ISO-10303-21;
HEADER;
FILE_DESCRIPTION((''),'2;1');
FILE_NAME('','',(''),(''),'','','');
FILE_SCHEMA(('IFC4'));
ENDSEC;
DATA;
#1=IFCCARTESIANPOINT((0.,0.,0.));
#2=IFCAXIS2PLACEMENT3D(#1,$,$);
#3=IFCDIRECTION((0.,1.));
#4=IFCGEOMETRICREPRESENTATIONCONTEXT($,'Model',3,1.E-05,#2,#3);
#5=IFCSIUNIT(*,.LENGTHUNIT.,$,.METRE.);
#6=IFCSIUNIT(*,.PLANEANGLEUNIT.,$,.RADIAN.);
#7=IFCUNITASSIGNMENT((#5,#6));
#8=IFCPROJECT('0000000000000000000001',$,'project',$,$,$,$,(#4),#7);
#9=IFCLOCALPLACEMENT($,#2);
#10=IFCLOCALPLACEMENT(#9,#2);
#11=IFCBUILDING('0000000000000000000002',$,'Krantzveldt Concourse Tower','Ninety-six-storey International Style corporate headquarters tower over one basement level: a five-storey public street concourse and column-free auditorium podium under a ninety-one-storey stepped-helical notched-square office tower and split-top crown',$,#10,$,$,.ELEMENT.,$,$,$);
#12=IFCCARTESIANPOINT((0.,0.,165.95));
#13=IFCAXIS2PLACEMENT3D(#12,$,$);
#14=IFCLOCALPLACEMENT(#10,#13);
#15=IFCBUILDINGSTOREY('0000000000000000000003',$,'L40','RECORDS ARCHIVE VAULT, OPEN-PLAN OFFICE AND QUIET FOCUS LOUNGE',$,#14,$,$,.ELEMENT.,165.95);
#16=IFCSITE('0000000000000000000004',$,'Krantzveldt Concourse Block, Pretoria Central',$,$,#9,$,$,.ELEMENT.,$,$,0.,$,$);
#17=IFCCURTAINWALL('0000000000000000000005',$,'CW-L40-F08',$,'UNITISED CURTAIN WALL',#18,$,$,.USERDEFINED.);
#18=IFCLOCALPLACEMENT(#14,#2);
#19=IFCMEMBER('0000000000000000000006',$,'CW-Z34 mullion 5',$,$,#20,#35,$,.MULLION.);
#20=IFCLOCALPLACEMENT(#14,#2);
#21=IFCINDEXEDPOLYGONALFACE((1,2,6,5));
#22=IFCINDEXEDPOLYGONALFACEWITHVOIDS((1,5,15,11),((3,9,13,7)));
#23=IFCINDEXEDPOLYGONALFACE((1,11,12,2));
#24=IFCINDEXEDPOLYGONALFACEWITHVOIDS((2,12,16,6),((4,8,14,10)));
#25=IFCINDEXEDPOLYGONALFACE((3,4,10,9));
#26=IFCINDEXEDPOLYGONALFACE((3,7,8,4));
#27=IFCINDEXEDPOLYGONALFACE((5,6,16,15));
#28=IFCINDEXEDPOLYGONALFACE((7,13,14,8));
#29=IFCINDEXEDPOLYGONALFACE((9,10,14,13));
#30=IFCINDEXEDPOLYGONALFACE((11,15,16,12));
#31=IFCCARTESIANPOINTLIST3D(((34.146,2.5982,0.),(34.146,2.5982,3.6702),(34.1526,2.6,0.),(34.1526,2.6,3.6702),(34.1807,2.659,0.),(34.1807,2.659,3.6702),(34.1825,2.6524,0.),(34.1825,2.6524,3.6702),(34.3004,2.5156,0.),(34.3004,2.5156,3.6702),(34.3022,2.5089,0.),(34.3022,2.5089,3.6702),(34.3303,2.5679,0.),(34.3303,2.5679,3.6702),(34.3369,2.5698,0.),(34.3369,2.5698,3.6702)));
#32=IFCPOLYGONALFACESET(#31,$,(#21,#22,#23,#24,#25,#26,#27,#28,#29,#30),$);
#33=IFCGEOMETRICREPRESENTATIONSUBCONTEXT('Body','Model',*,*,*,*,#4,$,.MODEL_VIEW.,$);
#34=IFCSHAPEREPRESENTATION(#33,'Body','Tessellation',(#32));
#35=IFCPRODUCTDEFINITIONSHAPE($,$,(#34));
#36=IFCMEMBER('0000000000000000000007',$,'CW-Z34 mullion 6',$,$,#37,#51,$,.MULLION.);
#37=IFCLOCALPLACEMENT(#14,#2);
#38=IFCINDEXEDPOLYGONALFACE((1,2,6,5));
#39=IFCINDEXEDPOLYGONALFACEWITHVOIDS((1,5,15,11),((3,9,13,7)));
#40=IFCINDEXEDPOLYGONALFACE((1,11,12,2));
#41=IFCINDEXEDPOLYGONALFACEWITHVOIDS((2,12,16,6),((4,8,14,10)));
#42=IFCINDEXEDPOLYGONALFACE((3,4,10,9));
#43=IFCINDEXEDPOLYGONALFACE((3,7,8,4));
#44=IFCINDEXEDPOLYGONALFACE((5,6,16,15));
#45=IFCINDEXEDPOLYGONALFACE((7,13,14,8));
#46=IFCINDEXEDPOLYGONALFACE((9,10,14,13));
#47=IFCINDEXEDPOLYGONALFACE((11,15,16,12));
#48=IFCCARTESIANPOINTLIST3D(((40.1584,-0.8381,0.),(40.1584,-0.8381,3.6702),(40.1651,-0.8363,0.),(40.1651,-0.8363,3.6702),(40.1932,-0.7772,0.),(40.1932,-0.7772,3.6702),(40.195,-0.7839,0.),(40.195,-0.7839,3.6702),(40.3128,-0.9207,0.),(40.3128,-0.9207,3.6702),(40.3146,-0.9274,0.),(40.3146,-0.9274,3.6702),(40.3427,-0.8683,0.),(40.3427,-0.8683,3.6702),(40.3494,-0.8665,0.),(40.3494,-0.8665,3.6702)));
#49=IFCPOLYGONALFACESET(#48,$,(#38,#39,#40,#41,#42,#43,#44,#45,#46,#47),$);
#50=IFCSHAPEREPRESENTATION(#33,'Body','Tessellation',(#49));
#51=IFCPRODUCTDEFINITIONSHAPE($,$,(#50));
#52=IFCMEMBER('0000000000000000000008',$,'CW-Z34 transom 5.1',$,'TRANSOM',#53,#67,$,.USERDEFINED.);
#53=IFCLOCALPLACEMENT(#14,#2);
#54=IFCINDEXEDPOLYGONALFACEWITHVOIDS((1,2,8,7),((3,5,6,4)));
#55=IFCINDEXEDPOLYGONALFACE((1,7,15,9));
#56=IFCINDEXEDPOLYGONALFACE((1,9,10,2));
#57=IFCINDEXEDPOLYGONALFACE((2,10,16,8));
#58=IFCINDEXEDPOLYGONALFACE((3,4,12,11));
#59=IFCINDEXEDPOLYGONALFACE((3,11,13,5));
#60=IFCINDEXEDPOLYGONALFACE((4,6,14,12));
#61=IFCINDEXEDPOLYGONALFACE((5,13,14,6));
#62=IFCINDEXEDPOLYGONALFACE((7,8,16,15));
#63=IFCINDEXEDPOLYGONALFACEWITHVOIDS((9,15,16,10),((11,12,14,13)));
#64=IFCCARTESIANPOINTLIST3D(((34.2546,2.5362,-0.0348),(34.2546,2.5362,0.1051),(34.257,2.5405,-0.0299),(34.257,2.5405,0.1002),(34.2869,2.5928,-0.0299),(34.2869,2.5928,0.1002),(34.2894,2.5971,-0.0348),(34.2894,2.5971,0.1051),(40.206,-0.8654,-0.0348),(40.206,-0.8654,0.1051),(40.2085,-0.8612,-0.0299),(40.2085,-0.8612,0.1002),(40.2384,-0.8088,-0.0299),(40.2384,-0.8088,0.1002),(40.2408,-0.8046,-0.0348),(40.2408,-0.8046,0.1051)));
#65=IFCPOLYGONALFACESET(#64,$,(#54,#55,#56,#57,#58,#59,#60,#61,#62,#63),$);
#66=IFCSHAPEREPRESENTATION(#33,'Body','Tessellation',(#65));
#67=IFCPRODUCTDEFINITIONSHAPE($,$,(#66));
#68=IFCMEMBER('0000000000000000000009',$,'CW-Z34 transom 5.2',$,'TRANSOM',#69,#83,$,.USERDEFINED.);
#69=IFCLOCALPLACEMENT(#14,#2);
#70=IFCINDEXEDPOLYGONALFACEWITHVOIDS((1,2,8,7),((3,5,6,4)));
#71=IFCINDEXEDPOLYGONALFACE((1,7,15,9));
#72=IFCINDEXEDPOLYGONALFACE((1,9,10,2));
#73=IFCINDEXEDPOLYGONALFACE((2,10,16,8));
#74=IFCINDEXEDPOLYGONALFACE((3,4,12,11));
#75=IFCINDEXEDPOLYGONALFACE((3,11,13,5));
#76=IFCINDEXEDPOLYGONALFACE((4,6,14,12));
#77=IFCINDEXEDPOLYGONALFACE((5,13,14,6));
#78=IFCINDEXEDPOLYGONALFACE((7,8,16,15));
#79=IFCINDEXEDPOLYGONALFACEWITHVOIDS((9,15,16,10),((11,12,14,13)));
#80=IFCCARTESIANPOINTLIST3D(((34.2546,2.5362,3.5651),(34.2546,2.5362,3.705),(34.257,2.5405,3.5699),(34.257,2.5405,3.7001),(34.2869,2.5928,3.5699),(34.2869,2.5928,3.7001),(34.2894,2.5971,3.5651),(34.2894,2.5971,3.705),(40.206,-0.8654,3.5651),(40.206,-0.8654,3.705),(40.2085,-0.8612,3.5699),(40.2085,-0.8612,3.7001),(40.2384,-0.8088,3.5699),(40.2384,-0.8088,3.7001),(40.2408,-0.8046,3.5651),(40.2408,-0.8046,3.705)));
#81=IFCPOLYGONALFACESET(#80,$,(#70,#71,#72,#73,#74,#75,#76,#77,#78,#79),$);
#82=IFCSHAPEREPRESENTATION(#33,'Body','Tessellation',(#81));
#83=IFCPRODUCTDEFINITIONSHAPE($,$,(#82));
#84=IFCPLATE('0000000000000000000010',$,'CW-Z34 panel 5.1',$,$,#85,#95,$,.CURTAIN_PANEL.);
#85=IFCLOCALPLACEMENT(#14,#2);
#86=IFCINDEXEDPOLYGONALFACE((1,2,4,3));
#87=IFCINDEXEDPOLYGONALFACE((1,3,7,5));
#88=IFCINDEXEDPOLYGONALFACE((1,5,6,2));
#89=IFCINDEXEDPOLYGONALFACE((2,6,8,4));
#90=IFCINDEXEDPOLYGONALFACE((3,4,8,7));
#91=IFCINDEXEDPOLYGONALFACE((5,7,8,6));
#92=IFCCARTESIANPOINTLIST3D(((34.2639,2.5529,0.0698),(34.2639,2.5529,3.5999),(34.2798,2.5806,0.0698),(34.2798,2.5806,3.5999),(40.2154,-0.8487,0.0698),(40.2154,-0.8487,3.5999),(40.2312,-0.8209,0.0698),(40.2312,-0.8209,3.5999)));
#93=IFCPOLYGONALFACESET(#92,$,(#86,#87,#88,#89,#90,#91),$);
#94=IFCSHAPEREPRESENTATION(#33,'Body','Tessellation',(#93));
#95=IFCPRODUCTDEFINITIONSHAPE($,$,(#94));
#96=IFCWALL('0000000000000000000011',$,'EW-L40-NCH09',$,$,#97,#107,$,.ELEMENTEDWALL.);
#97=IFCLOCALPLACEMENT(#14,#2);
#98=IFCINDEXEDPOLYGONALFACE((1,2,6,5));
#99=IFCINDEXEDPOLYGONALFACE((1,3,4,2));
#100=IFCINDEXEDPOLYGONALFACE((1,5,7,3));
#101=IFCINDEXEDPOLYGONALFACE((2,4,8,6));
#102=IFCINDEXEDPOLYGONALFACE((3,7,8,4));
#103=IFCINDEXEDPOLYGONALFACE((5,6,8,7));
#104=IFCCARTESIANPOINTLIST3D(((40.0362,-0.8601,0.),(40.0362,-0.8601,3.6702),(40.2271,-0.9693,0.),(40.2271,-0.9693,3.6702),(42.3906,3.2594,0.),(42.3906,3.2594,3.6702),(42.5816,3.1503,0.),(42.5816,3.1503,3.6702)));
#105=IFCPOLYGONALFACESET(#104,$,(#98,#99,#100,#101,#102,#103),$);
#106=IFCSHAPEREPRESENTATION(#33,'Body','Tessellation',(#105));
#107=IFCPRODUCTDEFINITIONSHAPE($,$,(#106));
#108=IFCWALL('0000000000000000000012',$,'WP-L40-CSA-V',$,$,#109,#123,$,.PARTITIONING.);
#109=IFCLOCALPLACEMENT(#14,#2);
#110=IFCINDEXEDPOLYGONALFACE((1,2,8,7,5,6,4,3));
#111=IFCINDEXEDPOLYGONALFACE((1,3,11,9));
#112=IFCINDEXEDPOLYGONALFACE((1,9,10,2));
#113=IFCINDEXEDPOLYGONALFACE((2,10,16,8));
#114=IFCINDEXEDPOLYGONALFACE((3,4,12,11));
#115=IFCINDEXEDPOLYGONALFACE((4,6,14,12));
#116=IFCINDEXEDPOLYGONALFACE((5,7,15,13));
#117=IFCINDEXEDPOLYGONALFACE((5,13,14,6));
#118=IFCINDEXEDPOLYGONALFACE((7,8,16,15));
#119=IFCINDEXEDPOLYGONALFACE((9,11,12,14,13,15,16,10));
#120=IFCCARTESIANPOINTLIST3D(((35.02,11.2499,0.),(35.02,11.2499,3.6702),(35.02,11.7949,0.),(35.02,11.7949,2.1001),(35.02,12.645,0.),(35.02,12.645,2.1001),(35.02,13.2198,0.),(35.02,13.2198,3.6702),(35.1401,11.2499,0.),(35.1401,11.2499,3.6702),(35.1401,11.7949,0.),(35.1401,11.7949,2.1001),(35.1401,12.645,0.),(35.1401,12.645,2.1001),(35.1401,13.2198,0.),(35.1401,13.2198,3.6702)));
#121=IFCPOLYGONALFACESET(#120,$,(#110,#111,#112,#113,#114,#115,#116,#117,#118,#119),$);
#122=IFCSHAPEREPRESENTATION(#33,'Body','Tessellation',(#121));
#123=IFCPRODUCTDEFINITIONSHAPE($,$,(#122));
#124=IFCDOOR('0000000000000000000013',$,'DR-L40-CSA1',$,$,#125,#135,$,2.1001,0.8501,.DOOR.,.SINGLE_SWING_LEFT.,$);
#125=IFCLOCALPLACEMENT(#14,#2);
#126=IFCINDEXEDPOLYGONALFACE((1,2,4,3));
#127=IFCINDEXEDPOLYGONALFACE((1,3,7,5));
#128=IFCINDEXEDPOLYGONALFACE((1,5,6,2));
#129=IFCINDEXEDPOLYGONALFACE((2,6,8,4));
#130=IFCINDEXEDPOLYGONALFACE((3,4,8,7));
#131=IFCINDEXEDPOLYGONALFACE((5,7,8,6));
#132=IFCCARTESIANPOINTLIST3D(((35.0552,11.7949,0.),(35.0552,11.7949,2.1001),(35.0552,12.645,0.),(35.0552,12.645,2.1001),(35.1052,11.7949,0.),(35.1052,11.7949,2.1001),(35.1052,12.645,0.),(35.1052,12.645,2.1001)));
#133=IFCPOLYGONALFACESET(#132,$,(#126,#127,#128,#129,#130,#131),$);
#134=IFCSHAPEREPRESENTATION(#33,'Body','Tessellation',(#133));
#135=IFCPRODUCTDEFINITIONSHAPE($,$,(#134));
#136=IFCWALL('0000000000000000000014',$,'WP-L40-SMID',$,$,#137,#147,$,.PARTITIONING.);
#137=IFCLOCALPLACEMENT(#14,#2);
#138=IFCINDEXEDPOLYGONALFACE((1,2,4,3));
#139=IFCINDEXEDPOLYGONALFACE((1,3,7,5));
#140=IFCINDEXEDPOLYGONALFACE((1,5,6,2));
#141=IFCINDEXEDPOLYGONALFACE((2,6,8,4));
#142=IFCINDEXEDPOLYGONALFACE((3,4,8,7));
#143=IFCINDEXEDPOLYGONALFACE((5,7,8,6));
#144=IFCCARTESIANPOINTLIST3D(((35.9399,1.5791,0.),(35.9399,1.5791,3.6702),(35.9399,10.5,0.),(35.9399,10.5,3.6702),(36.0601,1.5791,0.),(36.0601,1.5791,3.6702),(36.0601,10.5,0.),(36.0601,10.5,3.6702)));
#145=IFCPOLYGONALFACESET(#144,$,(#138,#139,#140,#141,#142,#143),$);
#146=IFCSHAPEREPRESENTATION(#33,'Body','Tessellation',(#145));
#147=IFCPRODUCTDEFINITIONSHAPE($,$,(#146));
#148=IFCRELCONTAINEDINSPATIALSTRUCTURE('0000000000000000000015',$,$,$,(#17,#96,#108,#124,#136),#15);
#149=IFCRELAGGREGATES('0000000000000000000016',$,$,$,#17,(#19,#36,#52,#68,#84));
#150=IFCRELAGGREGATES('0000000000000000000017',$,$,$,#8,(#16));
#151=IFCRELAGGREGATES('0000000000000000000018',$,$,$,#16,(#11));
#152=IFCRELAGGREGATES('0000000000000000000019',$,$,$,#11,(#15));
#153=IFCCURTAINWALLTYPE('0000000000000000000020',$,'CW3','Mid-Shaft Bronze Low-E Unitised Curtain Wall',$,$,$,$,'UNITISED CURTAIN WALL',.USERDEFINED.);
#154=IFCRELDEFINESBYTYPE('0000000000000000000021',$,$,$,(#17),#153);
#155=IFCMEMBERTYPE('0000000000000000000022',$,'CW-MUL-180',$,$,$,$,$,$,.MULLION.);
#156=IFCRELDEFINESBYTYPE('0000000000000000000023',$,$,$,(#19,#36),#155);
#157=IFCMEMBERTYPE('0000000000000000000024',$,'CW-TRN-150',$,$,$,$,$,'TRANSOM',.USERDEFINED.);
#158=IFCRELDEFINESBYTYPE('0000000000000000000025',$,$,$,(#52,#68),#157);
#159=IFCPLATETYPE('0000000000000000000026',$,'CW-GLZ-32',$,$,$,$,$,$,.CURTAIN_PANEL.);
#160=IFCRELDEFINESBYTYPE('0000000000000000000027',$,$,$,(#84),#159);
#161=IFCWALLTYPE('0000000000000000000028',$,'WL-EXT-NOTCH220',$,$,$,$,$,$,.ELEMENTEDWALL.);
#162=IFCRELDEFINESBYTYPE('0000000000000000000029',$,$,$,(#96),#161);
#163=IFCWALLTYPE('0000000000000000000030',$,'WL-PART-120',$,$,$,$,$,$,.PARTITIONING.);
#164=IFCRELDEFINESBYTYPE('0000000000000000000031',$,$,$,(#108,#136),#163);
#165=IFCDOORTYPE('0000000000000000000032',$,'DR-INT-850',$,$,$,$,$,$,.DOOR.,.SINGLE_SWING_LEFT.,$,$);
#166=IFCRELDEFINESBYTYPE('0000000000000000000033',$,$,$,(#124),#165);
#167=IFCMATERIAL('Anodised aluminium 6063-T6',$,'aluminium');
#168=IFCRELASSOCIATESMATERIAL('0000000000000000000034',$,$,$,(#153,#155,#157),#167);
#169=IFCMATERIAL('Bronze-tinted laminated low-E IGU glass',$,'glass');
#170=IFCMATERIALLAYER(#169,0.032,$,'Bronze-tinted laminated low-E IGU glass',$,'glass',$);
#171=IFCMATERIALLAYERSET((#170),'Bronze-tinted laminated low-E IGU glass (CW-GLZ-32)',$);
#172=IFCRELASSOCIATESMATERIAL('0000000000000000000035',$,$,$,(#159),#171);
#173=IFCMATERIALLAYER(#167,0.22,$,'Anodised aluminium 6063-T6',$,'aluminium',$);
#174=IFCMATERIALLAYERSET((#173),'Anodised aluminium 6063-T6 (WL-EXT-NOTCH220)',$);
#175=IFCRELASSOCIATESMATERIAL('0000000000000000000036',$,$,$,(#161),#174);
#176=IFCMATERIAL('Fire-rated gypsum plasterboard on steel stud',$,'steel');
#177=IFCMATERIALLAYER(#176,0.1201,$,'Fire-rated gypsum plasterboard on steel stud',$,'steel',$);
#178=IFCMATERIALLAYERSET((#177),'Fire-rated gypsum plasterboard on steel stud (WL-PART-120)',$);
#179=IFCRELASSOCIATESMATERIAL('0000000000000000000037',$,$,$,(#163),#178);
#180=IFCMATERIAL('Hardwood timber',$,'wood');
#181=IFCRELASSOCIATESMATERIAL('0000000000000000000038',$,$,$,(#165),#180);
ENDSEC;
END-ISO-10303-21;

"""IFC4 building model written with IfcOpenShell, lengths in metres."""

from ifc_helpers import new_model, si_unit, direction, frame, frame_2d, origin, origin_2d, place, context, subcontext, project, spatial, rectangle, hollow_rectangle, extrude, source, transform, mapped, material, layer, layer_set, material_profile, profile_set, type_object, type_shapes, element, fill, aggregate, save


model = new_model("IFC4")

# Units and contexts
model_context = context("Model", 3, precision=1e-05, world=origin(), true_north=direction((0.0, 1.0)))
body_context = subcontext(model_context, "Body", "Model", "MODEL_VIEW")
ifc_project = project(units=[si_unit("LENGTHUNIT", "METRE"), si_unit("PLANEANGLEUNIT", "RADIAN")], contexts=[model_context])

# Site, building, storey
site_placement = place(None, origin())
site = spatial("IfcSite", under=ifc_project, at=site_placement, Name="Krantzveldt Concourse Block, Pretoria Central", CompositionType="ELEMENT", RefElevation=0.0)
building_placement = place(site_placement, origin())
building = spatial("IfcBuilding", under=site, at=building_placement, Name="Krantzveldt Concourse Tower", Description="Ninety-six-storey International Style corporate headquarters tower over one basement level: a five-storey public street concourse and column-free auditorium podium under a ninety-one-storey stepped-helical notched-square office tower and split-top crown", CompositionType="ELEMENT")
storey_placement = place(building_placement, frame((0.0, 0.0, 165.95)))
storey = spatial("IfcBuildingStorey", under=building, at=storey_placement, Name="L40", Description="RECORDS ARCHIVE VAULT, OPEN-PLAN OFFICE AND QUIET FOCUS LOUNGE", CompositionType="ELEMENT", Elevation=165.95)

# Curtain wall, members, plate
ifc_material_1 = material(Name="Anodised aluminium 6063-T6", Category="aluminium")
curtain_wall_type = type_object("IfcCurtainWallType", Name="CW3", Description="Mid-Shaft Bronze Low-E Unitised Curtain Wall", ElementType="UNITISED CURTAIN WALL", PredefinedType="USERDEFINED", material=ifc_material_1)
curtain_wall_placement = place(storey_placement, origin())
curtain_wall = element("IfcCurtainWall", 1, at=curtain_wall_placement, inside=storey, type_object=curtain_wall_type, Name="CW-L40-F08", ObjectType="UNITISED CURTAIN WALL", PredefinedType="USERDEFINED")
ifc_material_profile_1 = material_profile(ifc_material_1, hollow_rectangle(XDim=0.0701, YDim=0.1799, WallThickness=0.0049, at=origin_2d()), Name="Anodised aluminium 6063-T6", Category="aluminium")
ifc_profile_set_1 = profile_set([ifc_material_profile_1], Name="Anodised aluminium 6063-T6 - ALU-MULL 180x70x5")
member_type_1 = type_object("IfcMemberType", Name="CW-MUL-180", PredefinedType="MULLION", material=ifc_profile_set_1)
shared_shape_1 = source(origin(), body_context, "Body", "SweptSolid", [
    extrude(hollow_rectangle(XDim=0.0701, YDim=0.1799, WallThickness=0.0049, at=origin_2d()), origin(), (0.0, 0.0, 1.0), 3.6702),
])
type_shapes(member_type_1, [shared_shape_1])
member_1_placement = place(storey_placement, frame((34.2415, 2.584, 0.0), z_axis=(0.0, 0.0, 1.0), x_axis=(0.496216, 0.868199, 0.0)))
member_1 = element("IfcMember", 2, at=member_1_placement, type_object=member_type_1, Name="CW-Z34 mullion 5", PredefinedType="MULLION", context=body_context, shape_type="MappedRepresentation", body=[
    mapped(shared_shape_1, transform((0.0, 0.0, 0.0), x_axis=(1.0, 0.0, 0.0), y_axis=(0.0, 1.0, 0.0), z_axis=(0.0, 0.0, 1.0), scale=1.0)),
])
member_2_placement = place(storey_placement, frame((40.2539, -0.8523, 0.0), z_axis=(0.0, 0.0, 1.0), x_axis=(0.496216, 0.868199, 0.0)))
member_2 = element("IfcMember", 3, at=member_2_placement, type_object=member_type_1, Name="CW-Z34 mullion 6", PredefinedType="MULLION", context=body_context, shape_type="MappedRepresentation", body=[
    mapped(shared_shape_1, transform((0.0, 0.0, 0.0), x_axis=(1.0, 0.0, 0.0), y_axis=(0.0, 1.0, 0.0), z_axis=(0.0, 0.0, 1.0), scale=1.0)),
])
ifc_material_profile_2 = material_profile(ifc_material_1, hollow_rectangle(XDim=0.0701, YDim=0.1399, WallThickness=0.0049, at=origin_2d()), Name="Anodised aluminium 6063-T6", Category="aluminium")
ifc_profile_set_2 = profile_set([ifc_material_profile_2], Name="Anodised aluminium 6063-T6 - ALU-TRAN 140x70x5")
member_type_2 = type_object("IfcMemberType", Name="CW-TRN-150", ElementType="TRANSOM", PredefinedType="USERDEFINED", material=ifc_profile_set_2)
shared_shape_2 = source(origin(), body_context, "Body", "SweptSolid", [
    extrude(hollow_rectangle(XDim=0.0701, YDim=0.1399, WallThickness=0.0049, at=origin_2d()), origin(), (0.0, 0.0, 1.0), 6.855),
])
type_shapes(member_type_2, [shared_shape_2])
member_3_placement = place(storey_placement, frame((34.272, 2.5667, 0.0352), z_axis=(0.868193, -0.496227, 0.0), x_axis=(0.496227, 0.868193, 0.0)))
member_3 = element("IfcMember", 4, at=member_3_placement, type_object=member_type_2, Name="CW-Z34 transom 5.1", ObjectType="TRANSOM", PredefinedType="USERDEFINED", context=body_context, shape_type="MappedRepresentation", body=[
    mapped(shared_shape_2, transform((0.0, 0.0, 0.0), x_axis=(1.0, 0.0, 0.0), y_axis=(0.0, 1.0, 0.0), z_axis=(0.0, 0.0, 1.0), scale=1.0)),
])
member_4_placement = place(storey_placement, frame((34.272, 2.5667, 3.635), z_axis=(0.868193, -0.496227, 0.0), x_axis=(0.496227, 0.868193, 0.0)))
member_4 = element("IfcMember", 5, at=member_4_placement, type_object=member_type_2, Name="CW-Z34 transom 5.2", ObjectType="TRANSOM", PredefinedType="USERDEFINED", context=body_context, shape_type="MappedRepresentation", body=[
    mapped(shared_shape_2, transform((0.0, 0.0, 0.0), x_axis=(1.0, 0.0, 0.0), y_axis=(0.0, 1.0, 0.0), z_axis=(0.0, 0.0, 1.0), scale=1.0)),
])
ifc_material_2 = material(Name="Bronze-tinted laminated low-E IGU glass", Category="glass")
ifc_layer_1 = layer(ifc_material_2, 0.032, Name="Bronze-tinted laminated low-E IGU glass", Category="glass")
ifc_layer_set_1 = layer_set([ifc_layer_1], Name="Bronze-tinted laminated low-E IGU glass (CW-GLZ-32)")
plate_type = type_object("IfcPlateType", Name="CW-GLZ-32", PredefinedType="CURTAIN_PANEL", material=ifc_layer_set_1)
shared_shape_3 = source(origin(), body_context, "Body", "SweptSolid", [
    extrude(rectangle(XDim=6.855, YDim=0.032, at=origin_2d()), origin(), (0.0, 0.0, 1.0), 3.53),
])
type_shapes(plate_type, [shared_shape_3])
plate_placement = place(storey_placement, frame((37.2476, 0.866, 0.0698), z_axis=(0.0, 0.0, 1.0), x_axis=(0.868199, -0.496216, 0.0)))
plate = element("IfcPlate", 6, at=plate_placement, type_object=plate_type, Name="CW-Z34 panel 5.1", PredefinedType="CURTAIN_PANEL", context=body_context, shape_type="MappedRepresentation", body=[
    mapped(shared_shape_3, transform((0.0, 0.0, 0.0), x_axis=(1.0, 0.0, 0.0), y_axis=(0.0, 1.0, 0.0), z_axis=(0.0, 0.0, 1.0), scale=1.0)),
])
aggregate(curtain_wall, [member_1, member_2, member_3, member_4, plate])

# Wall
ifc_layer_2 = layer(ifc_material_1, 0.22, Name="Anodised aluminium 6063-T6", Category="aluminium")
ifc_layer_set_2 = layer_set([ifc_layer_2], Name="Anodised aluminium 6063-T6 (WL-EXT-NOTCH220)")
wall_type_1 = type_object("IfcWallType", Name="WL-EXT-NOTCH220", PredefinedType="ELEMENTEDWALL", material=ifc_layer_set_2)
wall_1_placement = place(storey_placement, frame((40.1316, -0.9148, 0.0), z_axis=(0.0, 0.0, 1.0), x_axis=(0.496205, 0.868205, 0.0)))
element("IfcWall", 7, at=wall_1_placement, inside=storey, type_object=wall_type_1, Name="EW-L40-NCH09", PredefinedType="ELEMENTEDWALL", context=body_context, shape_type="SweptSolid", body=[
    extrude(rectangle(XDim=4.7449, YDim=0.22, at=frame_2d((2.3726, 0.0))), origin(), (0.0, 0.0, 1.0), 3.6702),
])

# Wall, opening, door
ifc_material_3 = material(Name="Fire-rated gypsum plasterboard on steel stud", Category="steel")
ifc_layer_3 = layer(ifc_material_3, 0.1201, Name="Fire-rated gypsum plasterboard on steel stud", Category="steel")
ifc_layer_set_3 = layer_set([ifc_layer_3], Name="Fire-rated gypsum plasterboard on steel stud (WL-PART-120)")
wall_type_2 = type_object("IfcWallType", Name="WL-PART-120", PredefinedType="PARTITIONING", material=ifc_layer_set_3)
wall_2_placement = place(storey_placement, frame((35.0801, 11.25, 0.0), z_axis=(0.0, 0.0, 1.0), x_axis=(0.0, 1.0, 0.0)))
wall_2 = element("IfcWall", 8, at=wall_2_placement, inside=storey, type_object=wall_type_2, Name="WP-L40-CSA-V", PredefinedType="PARTITIONING", context=body_context, shape_type="SweptSolid", body=[
    extrude(rectangle(XDim=1.97, YDim=0.1201, at=frame_2d((0.9849, 0.0))), origin(), (0.0, 0.0, 1.0), 3.6702),
])
opening_1_placement = place(wall_2_placement, frame((0.5449, 0.0, 0.0)))
opening_1 = element("IfcOpeningElement", 9, at=opening_1_placement, cuts=wall_2, PredefinedType="OPENING", context=body_context, shape_type="SweptSolid", body=[
    extrude(rectangle(XDim=0.8501, YDim=2.1001, at=frame_2d((0.425, 1.05))), frame((0.0, 0.0701, 0.0), z_axis=(0.0, -1.0, 0.0), x_axis=(1.0, 0.0, 0.0)), (0.0, 0.0, 1.0), 0.1401),
])
ifc_material_4 = material(Name="Hardwood timber", Category="wood")
door_type_1 = type_object("IfcDoorType", Name="DR-INT-850", OperationType="SINGLE_SWING_LEFT", PredefinedType="DOOR", material=ifc_material_4)
door_1_placement = place(opening_1_placement, origin())
door_1 = element("IfcDoor", 10, at=door_1_placement, inside=storey, type_object=door_type_1, Name="DR-L40-CSA1", OperationType="SINGLE_SWING_LEFT", OverallHeight=2.1001, OverallWidth=0.8501, PredefinedType="DOOR", context=body_context, shape_type="SweptSolid", body=[
    extrude(rectangle(XDim=0.8501, YDim=2.1001, at=frame_2d((0.425, 1.05))), frame((0.0, 0.0249, 0.0), z_axis=(0.0, -1.0, 0.0), x_axis=(1.0, 0.0, 0.0)), (0.0, 0.0, 1.0), 0.05),
])
fill(opening_1, door_1)

# Wall
wall_3_placement = place(storey_placement, frame((36.0, 1.5791, 0.0), z_axis=(0.0, 0.0, 1.0), x_axis=(0.0, 1.0, 0.0)))
element("IfcWall", 11, at=wall_3_placement, inside=storey, type_object=wall_type_2, Name="WP-L40-SMID", PredefinedType="PARTITIONING", context=body_context, shape_type="SweptSolid", body=[
    extrude(rectangle(XDim=8.9209, YDim=0.1201, at=frame_2d((4.4604, 0.0))), origin(), (0.0, 0.0, 1.0), 3.6702),
])

save(model, "model.ifc")
